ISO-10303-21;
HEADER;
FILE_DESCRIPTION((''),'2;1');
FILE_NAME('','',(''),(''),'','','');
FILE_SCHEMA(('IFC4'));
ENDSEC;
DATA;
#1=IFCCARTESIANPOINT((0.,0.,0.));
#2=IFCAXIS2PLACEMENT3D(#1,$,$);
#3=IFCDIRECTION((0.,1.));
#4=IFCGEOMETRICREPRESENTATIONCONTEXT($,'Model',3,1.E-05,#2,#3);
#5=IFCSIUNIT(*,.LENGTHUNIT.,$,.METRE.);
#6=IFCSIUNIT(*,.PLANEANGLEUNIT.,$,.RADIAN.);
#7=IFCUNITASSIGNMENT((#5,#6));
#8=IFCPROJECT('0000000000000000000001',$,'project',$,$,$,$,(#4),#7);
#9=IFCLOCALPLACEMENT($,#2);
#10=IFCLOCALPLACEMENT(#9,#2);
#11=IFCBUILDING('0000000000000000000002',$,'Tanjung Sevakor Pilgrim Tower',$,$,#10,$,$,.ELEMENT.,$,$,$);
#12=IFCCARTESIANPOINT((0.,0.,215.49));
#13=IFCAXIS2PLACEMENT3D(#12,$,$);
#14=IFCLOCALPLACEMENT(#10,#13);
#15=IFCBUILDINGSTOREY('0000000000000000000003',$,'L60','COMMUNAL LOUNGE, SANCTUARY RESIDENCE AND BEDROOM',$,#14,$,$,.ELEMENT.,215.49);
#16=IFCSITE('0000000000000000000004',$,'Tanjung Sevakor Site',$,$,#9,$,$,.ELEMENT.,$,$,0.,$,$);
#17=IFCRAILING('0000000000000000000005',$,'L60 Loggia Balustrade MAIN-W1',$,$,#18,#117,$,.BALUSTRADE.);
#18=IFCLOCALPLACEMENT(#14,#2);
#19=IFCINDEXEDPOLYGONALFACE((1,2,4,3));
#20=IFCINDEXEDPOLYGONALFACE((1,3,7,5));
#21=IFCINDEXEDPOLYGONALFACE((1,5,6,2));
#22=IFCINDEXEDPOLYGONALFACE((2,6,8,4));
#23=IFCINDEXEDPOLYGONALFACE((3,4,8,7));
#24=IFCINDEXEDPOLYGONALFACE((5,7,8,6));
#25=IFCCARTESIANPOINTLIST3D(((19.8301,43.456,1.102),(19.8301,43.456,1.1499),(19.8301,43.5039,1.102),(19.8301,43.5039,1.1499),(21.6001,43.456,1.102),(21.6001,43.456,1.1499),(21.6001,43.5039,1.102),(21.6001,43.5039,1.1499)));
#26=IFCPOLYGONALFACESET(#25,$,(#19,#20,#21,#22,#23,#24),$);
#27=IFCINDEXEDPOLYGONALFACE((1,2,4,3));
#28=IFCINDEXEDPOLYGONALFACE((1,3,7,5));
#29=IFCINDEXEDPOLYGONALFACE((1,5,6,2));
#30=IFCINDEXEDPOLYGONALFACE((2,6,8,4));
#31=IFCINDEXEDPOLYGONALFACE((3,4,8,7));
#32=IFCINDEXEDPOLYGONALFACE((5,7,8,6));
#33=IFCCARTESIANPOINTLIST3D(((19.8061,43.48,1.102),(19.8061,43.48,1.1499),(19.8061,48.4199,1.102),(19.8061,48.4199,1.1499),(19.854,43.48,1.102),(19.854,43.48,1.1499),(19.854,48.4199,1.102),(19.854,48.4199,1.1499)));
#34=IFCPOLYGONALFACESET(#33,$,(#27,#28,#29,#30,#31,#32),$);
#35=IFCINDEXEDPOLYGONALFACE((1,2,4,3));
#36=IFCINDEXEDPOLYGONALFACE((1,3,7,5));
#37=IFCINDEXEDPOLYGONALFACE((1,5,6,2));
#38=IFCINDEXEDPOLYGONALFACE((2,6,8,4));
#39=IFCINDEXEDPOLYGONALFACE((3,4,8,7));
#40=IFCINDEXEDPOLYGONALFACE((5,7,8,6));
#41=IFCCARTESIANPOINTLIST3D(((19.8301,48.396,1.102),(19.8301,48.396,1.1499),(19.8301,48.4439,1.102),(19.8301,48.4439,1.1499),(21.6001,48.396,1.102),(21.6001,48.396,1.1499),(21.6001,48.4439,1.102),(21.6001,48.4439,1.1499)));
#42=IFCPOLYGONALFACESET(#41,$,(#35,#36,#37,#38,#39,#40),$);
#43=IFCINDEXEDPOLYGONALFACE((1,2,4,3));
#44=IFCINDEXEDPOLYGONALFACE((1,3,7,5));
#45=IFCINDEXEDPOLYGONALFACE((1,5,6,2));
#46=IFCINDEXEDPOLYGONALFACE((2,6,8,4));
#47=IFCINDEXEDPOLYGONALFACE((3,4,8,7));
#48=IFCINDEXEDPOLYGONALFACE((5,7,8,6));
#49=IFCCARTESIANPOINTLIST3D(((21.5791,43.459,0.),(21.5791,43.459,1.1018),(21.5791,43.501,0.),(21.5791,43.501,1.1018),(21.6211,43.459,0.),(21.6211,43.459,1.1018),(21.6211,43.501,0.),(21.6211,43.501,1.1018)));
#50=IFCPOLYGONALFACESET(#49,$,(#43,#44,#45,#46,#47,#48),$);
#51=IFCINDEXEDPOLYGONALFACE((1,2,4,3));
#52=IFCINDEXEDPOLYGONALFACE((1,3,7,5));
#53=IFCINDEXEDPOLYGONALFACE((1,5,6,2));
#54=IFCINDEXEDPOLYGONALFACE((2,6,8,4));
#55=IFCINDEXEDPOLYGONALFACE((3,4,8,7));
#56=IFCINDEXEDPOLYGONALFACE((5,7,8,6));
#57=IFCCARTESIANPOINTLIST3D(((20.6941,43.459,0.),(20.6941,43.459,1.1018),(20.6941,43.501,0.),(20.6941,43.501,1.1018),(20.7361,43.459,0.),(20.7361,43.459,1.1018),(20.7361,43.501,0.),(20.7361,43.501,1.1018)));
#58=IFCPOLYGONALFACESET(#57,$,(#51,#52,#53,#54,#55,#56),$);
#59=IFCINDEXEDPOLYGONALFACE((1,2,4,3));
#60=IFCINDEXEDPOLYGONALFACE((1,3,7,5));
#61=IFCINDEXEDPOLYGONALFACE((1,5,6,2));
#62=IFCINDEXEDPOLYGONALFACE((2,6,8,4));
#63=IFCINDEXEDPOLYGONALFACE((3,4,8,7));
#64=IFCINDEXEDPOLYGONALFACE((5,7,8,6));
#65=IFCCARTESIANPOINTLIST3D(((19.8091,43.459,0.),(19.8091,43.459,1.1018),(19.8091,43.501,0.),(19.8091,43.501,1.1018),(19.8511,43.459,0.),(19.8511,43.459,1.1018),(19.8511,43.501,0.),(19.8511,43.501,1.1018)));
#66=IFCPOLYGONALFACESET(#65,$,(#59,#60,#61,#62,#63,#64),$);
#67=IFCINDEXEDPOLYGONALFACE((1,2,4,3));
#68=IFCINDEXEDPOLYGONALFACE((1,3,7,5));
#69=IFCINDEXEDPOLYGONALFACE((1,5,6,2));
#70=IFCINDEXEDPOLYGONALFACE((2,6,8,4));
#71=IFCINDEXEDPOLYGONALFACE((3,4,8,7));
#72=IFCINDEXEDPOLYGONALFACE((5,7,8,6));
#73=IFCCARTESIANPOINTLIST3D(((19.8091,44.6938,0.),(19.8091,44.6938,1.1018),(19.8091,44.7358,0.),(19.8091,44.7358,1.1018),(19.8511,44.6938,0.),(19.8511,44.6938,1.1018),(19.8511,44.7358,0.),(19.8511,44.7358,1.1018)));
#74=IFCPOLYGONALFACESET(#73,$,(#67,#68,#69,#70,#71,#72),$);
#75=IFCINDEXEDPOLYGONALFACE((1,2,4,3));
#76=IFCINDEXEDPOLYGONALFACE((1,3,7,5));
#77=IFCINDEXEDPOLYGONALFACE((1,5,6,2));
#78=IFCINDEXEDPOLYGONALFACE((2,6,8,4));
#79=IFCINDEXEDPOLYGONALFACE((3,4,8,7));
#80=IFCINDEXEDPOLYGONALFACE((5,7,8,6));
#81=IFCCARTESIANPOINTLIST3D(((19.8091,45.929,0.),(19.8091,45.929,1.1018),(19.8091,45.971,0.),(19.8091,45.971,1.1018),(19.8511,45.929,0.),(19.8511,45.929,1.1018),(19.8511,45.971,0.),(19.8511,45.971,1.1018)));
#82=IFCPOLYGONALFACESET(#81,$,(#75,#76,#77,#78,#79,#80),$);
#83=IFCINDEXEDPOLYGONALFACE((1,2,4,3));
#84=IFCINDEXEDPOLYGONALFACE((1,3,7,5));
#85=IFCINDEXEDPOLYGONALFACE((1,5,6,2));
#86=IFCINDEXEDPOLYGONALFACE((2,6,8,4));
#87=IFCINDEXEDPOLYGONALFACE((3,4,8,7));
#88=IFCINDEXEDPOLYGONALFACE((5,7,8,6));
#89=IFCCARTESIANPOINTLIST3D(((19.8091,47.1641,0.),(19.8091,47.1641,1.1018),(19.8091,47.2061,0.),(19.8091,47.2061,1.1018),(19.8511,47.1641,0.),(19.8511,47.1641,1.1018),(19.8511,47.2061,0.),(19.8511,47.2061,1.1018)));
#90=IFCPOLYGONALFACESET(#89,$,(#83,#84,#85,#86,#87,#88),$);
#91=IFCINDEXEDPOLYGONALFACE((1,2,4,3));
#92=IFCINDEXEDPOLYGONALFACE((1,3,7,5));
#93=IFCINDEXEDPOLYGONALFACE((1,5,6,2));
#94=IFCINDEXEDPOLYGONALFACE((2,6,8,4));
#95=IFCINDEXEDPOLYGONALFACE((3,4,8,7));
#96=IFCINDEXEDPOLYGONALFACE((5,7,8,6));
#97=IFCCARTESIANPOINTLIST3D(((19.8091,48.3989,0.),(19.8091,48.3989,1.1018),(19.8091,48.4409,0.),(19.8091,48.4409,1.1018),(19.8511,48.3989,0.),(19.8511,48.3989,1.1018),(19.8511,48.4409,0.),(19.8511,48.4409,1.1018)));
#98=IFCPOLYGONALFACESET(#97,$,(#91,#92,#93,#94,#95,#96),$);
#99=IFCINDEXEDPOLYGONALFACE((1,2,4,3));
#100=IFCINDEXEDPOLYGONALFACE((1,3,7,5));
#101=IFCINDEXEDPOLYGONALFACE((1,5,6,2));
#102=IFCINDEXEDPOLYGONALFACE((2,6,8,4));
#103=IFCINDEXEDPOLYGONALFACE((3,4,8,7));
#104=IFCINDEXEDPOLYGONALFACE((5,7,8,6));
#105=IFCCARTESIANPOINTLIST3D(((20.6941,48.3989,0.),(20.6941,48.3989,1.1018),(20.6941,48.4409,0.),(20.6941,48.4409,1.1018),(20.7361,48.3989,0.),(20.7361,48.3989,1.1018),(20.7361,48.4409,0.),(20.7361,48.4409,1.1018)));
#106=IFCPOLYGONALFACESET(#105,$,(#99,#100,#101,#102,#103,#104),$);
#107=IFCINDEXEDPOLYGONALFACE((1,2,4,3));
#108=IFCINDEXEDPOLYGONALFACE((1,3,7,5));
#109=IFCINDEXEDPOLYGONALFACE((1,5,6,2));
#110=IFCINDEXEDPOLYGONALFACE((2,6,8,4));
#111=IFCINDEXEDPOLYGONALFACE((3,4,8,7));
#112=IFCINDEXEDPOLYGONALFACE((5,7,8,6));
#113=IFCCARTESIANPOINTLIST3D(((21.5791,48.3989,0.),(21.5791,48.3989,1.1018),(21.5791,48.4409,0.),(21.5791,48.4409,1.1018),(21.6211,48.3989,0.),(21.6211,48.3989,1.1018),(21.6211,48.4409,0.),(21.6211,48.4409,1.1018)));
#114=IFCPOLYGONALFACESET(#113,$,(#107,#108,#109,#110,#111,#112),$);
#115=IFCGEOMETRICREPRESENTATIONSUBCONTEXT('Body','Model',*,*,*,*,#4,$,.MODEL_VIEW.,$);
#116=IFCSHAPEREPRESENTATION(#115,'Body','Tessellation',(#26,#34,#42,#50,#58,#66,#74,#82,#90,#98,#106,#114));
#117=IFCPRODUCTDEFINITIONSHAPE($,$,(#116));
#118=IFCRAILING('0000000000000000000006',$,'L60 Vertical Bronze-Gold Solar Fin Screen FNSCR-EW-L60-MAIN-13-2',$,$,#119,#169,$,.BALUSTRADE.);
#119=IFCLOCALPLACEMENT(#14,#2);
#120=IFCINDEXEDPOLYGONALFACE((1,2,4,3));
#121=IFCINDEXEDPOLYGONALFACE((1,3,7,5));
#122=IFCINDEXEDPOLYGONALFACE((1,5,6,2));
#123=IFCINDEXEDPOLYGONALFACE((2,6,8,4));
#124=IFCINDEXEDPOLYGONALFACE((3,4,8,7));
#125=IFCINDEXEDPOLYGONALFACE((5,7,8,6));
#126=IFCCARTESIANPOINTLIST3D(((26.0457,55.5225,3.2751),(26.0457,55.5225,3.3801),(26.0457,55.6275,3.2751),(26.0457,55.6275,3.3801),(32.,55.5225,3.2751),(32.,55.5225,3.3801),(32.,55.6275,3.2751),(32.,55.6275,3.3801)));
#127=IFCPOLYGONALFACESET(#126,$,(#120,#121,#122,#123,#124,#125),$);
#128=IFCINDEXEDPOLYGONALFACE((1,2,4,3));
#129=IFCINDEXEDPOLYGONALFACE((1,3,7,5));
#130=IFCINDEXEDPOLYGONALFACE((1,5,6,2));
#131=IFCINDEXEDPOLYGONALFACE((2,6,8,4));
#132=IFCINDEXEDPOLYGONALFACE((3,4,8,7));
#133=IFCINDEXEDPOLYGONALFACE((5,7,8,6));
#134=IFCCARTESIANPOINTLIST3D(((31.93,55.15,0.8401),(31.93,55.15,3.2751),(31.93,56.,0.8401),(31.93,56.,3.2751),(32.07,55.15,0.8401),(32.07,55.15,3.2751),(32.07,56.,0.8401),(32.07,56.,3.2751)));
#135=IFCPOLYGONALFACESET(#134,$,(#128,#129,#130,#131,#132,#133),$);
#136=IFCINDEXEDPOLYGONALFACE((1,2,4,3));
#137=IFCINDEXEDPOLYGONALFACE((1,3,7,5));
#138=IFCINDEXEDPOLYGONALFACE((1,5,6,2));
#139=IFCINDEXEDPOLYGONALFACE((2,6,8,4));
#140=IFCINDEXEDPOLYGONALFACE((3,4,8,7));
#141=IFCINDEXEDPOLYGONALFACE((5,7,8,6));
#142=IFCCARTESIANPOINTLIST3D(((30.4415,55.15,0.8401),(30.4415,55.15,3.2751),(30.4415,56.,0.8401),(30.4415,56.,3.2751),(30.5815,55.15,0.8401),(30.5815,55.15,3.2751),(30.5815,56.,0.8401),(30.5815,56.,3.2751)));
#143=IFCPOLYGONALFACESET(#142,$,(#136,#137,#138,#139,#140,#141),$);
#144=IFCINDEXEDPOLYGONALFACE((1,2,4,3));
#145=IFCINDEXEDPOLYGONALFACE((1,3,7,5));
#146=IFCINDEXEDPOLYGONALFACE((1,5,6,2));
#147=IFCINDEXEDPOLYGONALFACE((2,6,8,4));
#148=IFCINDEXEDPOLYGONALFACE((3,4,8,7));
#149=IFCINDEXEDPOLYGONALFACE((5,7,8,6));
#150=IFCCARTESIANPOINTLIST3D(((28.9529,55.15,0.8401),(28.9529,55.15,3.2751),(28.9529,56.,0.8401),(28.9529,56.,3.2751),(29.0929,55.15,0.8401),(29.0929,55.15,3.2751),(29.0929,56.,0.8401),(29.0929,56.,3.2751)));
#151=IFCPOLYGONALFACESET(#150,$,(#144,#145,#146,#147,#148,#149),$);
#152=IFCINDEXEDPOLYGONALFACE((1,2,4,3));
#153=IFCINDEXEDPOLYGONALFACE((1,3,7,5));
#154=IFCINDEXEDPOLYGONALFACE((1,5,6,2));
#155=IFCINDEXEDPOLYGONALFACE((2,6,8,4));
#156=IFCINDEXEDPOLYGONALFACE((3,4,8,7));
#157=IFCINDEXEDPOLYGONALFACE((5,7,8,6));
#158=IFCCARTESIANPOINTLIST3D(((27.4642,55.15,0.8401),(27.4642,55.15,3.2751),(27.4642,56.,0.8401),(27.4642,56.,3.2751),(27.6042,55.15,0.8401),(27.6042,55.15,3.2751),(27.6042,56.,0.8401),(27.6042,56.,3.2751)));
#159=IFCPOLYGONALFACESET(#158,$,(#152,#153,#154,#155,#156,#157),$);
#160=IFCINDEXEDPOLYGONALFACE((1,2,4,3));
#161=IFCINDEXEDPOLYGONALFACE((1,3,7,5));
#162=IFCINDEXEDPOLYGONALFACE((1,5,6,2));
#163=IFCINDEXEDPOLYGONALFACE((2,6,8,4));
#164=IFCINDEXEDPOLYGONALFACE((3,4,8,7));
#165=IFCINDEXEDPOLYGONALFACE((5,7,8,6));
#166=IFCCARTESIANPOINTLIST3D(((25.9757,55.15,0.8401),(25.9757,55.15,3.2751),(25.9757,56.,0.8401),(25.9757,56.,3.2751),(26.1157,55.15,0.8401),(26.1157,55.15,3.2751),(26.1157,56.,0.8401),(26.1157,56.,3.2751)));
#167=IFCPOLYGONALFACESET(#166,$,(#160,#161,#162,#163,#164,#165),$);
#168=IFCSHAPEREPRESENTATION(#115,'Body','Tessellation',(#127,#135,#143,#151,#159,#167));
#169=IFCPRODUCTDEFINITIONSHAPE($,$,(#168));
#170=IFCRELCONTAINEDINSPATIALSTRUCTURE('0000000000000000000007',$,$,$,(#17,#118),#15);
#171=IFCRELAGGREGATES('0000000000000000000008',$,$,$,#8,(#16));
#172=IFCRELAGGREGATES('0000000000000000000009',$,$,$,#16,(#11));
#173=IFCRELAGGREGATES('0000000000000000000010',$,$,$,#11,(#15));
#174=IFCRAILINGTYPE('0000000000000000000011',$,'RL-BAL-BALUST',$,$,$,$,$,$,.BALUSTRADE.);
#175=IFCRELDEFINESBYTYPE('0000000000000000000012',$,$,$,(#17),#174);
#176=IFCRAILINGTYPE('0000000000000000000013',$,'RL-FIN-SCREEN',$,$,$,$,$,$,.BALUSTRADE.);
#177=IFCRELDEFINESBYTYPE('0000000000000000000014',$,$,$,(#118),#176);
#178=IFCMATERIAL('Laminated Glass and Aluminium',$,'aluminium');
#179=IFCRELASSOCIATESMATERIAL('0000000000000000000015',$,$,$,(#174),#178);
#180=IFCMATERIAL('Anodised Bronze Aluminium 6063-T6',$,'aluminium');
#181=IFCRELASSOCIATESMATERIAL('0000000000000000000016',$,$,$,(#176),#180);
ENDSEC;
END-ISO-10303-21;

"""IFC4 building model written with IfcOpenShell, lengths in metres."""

from ifc_helpers import new_model, si_unit, direction, frame, origin, place, context, subcontext, project, spatial, rectangle, extrude, material, type_object, element, save


model = new_model("IFC4")

# Units and contexts
model_context = context("Model", 3, precision=1e-05, world=origin(), true_north=direction((0.0, 1.0)))
body_context = subcontext(model_context, "Body", "Model", "MODEL_VIEW")
ifc_project = project(units=[si_unit("LENGTHUNIT", "METRE"), si_unit("PLANEANGLEUNIT", "RADIAN")], contexts=[model_context])

# Site, building, storey
site_placement = place(None, origin())
site = spatial("IfcSite", under=ifc_project, at=site_placement, Name="Tanjung Sevakor Site", CompositionType="ELEMENT", RefElevation=0.0)
building_placement = place(site_placement, origin())
building = spatial("IfcBuilding", under=site, at=building_placement, Name="Tanjung Sevakor Pilgrim Tower", CompositionType="ELEMENT")
storey_placement = place(building_placement, frame((0.0, 0.0, 215.49)))
storey = spatial("IfcBuildingStorey", under=building, at=storey_placement, Name="L60", Description="COMMUNAL LOUNGE, SANCTUARY RESIDENCE AND BEDROOM", CompositionType="ELEMENT", Elevation=215.49)

# Railings
ifc_material_1 = material(Name="Laminated Glass and Aluminium", Category="aluminium")
railing_type_1 = type_object("IfcRailingType", Name="RL-BAL-BALUST", PredefinedType="BALUSTRADE", material=ifc_material_1)
railing_1_placement = place(storey_placement, frame((21.6001, 43.48, 0.0)))
element("IfcRailing", 1, at=railing_1_placement, inside=storey, type_object=railing_type_1, Name="L60 Loggia Balustrade MAIN-W1", PredefinedType="BALUSTRADE", context=body_context, shape_type="SweptSolid", body=[
    extrude(rectangle(XDim=0.0479, YDim=0.0479), frame((0.0, 0.0, 1.126), z_axis=(-1.0, 0.0, 0.0), x_axis=(0.0, -1.0, 0.0)), (0.0, 0.0, 1.0), 1.77),
    extrude(rectangle(XDim=0.0479, YDim=0.0479), frame((-1.77, 0.0, 1.126), z_axis=(0.0, 1.0, 0.0), x_axis=(-1.0, 0.0, 0.0)), (0.0, 0.0, 1.0), 4.9399),
    extrude(rectangle(XDim=0.0479, YDim=0.0479), frame((-1.77, 4.9399, 1.126), z_axis=(1.0, 0.0, 0.0), x_axis=(0.0, 1.0, 0.0)), (0.0, 0.0, 1.0), 1.77),
    extrude(rectangle(XDim=0.042, YDim=0.042), origin(), (0.0, 0.0, 1.0), 1.1018),
    extrude(rectangle(XDim=0.042, YDim=0.042), frame((-0.885, 0.0, 0.0)), (0.0, 0.0, 1.0), 1.1018),
    extrude(rectangle(XDim=0.042, YDim=0.042), frame((-1.77, 0.0, 0.0)), (0.0, 0.0, 1.0), 1.1018),
    extrude(rectangle(XDim=0.042, YDim=0.042), frame((-1.77, 1.2349, 0.0)), (0.0, 0.0, 1.0), 1.1018),
    extrude(rectangle(XDim=0.042, YDim=0.042), frame((-1.77, 2.47, 0.0)), (0.0, 0.0, 1.0), 1.1018),
    extrude(rectangle(XDim=0.042, YDim=0.042), frame((-1.77, 3.7051, 0.0)), (0.0, 0.0, 1.0), 1.1018),
    extrude(rectangle(XDim=0.042, YDim=0.042), frame((-1.77, 4.9399, 0.0)), (0.0, 0.0, 1.0), 1.1018),
    extrude(rectangle(XDim=0.042, YDim=0.042), frame((-0.885, 4.9399, 0.0)), (0.0, 0.0, 1.0), 1.1018),
    extrude(rectangle(XDim=0.042, YDim=0.042), frame((0.0, 4.9399, 0.0)), (0.0, 0.0, 1.0), 1.1018),
])
ifc_material_2 = material(Name="Anodised Bronze Aluminium 6063-T6", Category="aluminium")
railing_type_2 = type_object("IfcRailingType", Name="RL-FIN-SCREEN", PredefinedType="BALUSTRADE", material=ifc_material_2)
railing_2_placement = place(storey_placement, frame((32.0, 55.575, 0.8401)))
element("IfcRailing", 2, at=railing_2_placement, inside=storey, type_object=railing_type_2, Name="L60 Vertical Bronze-Gold Solar Fin Screen FNSCR-EW-L60-MAIN-13-2", PredefinedType="BALUSTRADE", context=body_context, shape_type="SweptSolid", body=[
    extrude(rectangle(XDim=0.105, YDim=0.105), frame((0.0, 0.0, 2.4875), z_axis=(-1.0, 0.0, 0.0), x_axis=(0.0, -1.0, 0.0)), (0.0, 0.0, 1.0), 5.9543),
    extrude(rectangle(XDim=0.14, YDim=0.85), origin(), (0.0, 0.0, 1.0), 2.4351),
    extrude(rectangle(XDim=0.14, YDim=0.85), frame((-1.4885, 0.0, 0.0)), (0.0, 0.0, 1.0), 2.4351),
    extrude(rectangle(XDim=0.14, YDim=0.85), frame((-2.9771, 0.0, 0.0)), (0.0, 0.0, 1.0), 2.4351),
    extrude(rectangle(XDim=0.14, YDim=0.85), frame((-4.4658, 0.0, 0.0)), (0.0, 0.0, 1.0), 2.4351),
    extrude(rectangle(XDim=0.14, YDim=0.85), frame((-5.9543, 0.0, 0.0)), (0.0, 0.0, 1.0), 2.4351),
])

save(model, "model.ifc")
